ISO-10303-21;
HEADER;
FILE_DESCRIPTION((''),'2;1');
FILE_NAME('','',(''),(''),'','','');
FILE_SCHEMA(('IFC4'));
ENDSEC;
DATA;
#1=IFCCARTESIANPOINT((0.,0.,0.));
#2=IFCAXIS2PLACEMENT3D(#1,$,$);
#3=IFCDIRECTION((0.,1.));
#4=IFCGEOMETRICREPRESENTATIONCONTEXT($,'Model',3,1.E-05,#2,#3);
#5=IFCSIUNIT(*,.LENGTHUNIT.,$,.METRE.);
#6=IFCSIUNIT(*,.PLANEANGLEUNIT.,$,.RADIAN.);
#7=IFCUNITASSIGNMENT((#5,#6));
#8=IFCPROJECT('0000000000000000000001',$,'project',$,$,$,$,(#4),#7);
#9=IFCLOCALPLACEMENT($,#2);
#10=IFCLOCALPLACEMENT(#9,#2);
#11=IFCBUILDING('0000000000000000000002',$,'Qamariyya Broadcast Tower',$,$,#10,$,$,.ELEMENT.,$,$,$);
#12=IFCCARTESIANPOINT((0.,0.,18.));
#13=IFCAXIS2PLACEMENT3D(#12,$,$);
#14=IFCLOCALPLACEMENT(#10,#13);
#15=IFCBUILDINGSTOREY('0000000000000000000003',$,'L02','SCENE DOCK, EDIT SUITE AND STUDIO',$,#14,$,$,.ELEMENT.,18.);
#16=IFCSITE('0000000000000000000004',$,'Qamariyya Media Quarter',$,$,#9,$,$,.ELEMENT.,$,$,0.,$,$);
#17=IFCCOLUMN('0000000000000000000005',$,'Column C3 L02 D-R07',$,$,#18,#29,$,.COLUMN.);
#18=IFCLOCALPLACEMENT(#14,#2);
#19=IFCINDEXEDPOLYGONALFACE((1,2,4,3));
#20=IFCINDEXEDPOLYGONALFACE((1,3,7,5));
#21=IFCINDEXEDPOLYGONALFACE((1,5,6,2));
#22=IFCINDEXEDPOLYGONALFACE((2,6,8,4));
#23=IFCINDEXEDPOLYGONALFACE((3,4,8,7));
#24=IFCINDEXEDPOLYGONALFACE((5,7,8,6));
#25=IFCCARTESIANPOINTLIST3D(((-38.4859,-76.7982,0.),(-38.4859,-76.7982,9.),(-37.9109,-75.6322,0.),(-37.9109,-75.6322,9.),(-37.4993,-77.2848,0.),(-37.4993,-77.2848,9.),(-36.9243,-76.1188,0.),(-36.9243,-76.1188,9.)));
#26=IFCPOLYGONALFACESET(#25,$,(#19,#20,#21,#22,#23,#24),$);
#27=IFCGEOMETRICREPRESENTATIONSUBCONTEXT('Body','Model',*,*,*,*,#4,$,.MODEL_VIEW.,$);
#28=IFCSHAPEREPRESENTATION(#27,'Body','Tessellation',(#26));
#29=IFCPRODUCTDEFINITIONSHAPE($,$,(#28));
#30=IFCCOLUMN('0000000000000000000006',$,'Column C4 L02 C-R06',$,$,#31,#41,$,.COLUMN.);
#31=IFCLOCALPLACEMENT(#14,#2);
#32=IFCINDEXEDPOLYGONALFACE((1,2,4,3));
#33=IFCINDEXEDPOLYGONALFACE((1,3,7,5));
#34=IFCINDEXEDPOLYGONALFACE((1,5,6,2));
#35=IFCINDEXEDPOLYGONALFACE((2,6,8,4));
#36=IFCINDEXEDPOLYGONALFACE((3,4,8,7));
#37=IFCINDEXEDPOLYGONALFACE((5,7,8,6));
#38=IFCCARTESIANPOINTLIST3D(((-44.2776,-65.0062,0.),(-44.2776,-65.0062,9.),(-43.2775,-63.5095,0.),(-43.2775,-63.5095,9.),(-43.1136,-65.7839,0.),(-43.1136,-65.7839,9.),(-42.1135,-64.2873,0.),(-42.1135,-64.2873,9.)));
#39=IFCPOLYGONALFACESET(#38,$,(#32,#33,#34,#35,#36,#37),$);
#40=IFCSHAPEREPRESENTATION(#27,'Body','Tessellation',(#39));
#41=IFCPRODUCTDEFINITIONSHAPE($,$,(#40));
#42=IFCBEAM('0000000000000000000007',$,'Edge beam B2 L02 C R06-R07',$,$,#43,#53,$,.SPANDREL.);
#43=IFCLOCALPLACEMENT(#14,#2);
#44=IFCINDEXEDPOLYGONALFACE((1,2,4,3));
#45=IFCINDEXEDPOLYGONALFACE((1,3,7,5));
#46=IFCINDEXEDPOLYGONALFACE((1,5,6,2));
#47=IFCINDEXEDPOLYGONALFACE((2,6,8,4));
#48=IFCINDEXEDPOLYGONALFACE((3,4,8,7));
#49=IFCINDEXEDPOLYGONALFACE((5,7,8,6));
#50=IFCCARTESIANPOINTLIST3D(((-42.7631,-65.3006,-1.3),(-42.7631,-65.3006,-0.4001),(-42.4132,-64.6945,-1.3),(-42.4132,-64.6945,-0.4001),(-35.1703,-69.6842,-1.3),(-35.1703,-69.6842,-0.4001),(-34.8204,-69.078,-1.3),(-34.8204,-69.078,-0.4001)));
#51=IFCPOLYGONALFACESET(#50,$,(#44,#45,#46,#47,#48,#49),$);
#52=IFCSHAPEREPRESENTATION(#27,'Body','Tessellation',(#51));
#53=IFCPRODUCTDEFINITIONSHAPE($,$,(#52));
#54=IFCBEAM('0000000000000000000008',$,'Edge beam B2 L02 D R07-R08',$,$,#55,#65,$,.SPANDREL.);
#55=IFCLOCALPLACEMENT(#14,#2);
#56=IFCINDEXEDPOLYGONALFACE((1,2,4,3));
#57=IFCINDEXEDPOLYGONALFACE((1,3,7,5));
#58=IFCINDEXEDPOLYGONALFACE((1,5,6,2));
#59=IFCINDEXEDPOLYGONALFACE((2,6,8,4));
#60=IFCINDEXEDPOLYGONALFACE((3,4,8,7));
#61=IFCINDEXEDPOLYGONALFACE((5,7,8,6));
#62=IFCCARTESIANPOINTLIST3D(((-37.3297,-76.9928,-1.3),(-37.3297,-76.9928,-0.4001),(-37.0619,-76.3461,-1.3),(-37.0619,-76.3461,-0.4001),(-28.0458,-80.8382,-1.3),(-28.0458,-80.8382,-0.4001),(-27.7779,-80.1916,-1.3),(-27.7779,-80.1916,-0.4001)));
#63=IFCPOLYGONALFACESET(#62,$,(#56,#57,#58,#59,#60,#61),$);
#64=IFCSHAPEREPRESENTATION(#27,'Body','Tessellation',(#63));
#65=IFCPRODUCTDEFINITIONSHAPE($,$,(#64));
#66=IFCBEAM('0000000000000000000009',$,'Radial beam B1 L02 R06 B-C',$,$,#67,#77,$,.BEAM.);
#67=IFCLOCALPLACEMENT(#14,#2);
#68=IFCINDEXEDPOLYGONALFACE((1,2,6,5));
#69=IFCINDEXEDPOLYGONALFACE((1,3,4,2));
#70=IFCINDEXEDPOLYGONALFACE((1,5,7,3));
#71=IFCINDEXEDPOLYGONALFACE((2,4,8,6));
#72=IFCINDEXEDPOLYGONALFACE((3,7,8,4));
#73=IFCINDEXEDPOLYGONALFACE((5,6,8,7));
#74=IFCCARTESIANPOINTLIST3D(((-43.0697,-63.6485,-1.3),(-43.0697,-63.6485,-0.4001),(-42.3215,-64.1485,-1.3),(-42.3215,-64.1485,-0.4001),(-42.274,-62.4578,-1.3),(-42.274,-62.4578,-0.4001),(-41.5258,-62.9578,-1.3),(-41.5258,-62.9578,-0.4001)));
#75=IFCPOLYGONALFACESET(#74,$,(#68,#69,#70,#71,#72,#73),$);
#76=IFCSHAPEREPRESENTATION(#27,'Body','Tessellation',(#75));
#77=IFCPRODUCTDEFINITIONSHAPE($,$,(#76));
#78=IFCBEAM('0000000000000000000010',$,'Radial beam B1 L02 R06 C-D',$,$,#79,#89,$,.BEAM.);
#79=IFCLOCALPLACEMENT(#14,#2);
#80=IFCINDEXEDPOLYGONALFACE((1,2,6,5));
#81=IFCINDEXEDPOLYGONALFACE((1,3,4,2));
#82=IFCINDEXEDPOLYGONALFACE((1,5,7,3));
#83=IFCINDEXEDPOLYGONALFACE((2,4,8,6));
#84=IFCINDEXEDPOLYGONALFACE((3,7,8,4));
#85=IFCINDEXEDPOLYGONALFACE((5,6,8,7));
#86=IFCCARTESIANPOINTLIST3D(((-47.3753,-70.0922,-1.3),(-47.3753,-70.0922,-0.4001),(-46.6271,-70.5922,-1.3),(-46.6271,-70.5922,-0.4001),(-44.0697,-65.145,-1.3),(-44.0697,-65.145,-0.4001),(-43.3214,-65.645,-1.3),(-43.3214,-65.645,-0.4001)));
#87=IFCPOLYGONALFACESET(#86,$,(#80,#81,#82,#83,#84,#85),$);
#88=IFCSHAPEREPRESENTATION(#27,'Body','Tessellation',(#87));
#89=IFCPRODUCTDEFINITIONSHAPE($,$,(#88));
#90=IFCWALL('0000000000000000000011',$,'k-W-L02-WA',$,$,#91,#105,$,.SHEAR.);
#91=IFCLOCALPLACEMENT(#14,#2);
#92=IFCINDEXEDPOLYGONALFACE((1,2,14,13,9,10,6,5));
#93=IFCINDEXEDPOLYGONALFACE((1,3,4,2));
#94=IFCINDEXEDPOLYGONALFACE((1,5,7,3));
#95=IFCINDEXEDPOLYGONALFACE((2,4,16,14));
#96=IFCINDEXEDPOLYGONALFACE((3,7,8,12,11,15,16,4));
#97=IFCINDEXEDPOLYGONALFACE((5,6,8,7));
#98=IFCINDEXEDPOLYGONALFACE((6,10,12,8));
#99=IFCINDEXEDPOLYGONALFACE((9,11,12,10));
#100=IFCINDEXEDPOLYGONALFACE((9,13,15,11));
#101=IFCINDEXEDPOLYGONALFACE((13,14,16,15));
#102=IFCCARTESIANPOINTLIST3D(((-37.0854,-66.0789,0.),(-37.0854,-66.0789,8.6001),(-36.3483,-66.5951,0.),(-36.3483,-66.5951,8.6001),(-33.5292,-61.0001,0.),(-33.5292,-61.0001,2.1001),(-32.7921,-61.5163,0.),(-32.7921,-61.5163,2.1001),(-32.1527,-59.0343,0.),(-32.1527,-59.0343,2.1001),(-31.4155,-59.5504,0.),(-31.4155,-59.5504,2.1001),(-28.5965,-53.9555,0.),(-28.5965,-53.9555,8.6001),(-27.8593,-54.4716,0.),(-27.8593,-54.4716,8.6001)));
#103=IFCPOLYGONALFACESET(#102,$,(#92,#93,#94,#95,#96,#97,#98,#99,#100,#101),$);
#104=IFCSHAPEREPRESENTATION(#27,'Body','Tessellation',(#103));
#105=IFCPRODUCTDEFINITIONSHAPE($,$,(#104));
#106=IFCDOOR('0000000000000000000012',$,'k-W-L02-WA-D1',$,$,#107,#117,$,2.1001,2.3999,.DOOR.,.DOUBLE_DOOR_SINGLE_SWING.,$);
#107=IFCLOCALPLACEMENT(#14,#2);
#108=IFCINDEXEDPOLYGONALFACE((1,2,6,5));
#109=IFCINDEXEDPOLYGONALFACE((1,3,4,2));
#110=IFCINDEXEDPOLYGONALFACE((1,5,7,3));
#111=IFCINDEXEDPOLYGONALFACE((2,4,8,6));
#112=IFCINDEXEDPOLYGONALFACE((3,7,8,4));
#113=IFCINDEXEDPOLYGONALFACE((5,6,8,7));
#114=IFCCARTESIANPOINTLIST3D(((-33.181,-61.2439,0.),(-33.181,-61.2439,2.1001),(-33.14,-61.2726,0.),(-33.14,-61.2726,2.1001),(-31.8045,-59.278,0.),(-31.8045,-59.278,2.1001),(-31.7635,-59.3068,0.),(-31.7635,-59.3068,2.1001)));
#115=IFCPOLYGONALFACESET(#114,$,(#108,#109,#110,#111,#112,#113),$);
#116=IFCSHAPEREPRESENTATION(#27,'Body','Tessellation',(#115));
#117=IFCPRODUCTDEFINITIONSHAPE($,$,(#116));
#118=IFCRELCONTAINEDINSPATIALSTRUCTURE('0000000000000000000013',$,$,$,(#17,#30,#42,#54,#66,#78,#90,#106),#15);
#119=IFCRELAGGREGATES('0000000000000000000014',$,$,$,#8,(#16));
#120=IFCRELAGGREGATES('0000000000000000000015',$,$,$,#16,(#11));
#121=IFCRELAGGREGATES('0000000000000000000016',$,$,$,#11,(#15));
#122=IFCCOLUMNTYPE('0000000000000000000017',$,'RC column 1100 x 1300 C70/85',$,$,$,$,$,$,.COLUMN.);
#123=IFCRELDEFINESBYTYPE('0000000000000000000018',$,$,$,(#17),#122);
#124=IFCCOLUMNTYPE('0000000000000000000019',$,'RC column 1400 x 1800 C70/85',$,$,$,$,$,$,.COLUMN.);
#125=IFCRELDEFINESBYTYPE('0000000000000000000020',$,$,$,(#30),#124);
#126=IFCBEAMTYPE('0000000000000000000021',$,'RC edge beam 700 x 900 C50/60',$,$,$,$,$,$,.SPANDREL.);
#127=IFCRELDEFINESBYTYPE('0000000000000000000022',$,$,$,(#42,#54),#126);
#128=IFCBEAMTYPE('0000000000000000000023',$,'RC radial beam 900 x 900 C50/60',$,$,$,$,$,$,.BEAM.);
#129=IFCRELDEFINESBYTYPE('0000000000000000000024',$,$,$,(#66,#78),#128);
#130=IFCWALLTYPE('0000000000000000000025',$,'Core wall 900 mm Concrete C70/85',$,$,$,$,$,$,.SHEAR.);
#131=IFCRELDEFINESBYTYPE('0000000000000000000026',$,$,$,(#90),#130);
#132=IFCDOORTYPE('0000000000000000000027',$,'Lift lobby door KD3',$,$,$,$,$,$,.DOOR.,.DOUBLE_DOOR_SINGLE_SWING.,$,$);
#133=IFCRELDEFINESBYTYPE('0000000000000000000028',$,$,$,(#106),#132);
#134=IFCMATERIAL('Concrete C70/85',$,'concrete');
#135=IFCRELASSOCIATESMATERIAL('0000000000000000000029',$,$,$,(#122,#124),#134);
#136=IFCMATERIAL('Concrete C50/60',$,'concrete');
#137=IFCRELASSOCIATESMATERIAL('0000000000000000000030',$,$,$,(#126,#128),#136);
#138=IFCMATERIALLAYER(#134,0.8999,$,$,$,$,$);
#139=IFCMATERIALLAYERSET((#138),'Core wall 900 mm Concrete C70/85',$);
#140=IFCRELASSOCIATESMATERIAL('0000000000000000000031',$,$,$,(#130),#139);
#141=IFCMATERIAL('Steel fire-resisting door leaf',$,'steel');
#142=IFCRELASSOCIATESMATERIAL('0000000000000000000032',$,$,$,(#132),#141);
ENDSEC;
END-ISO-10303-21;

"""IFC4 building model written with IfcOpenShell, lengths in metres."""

from ifc_helpers import new_model, si_unit, direction, frame, frame_2d, origin, origin_2d, place, context, subcontext, project, spatial, rectangle, extrude, material, layer, layer_set, material_profile, profile_set, type_object, element, fill, save


model = new_model("IFC4")

# Units and contexts
model_context = context("Model", 3, precision=1e-05, world=origin(), true_north=direction((0.0, 1.0)))
body_context = subcontext(model_context, "Body", "Model", "MODEL_VIEW")
ifc_project = project(units=[si_unit("LENGTHUNIT", "METRE"), si_unit("PLANEANGLEUNIT", "RADIAN")], contexts=[model_context])

# Site, building, storey
site_placement = place(None, origin())
site = spatial("IfcSite", under=ifc_project, at=site_placement, Name="Qamariyya Media Quarter", CompositionType="ELEMENT", RefElevation=0.0)
building_placement = place(site_placement, origin())
building = spatial("IfcBuilding", under=site, at=building_placement, Name="Qamariyya Broadcast Tower", CompositionType="ELEMENT")
storey_placement = place(building_placement, frame((0.0, 0.0, 18.0)))
storey = spatial("IfcBuildingStorey", under=building, at=storey_placement, Name="L02", Description="SCENE DOCK, EDIT SUITE AND STUDIO", CompositionType="ELEMENT", Elevation=18.0)

# Columns
ifc_material_1 = material(Name="Concrete C70/85", Category="concrete")
ifc_material_profile_1 = material_profile(ifc_material_1, rectangle(XDim=1.1001, YDim=1.3, at=origin_2d()))
ifc_profile_set_1 = profile_set([ifc_material_profile_1], Name="Concrete C70/85")
column_type_1 = type_object("IfcColumnType", Name="RC column 1100 x 1300 C70/85", PredefinedType="COLUMN", material=ifc_profile_set_1)
column_1_placement = place(storey_placement, frame((-37.7051, -76.4585, 0.0), z_axis=(0.0, 0.0, 1.0), x_axis=(0.896873, -0.442289, 0.0)))
element("IfcColumn", 1, at=column_1_placement, inside=storey, type_object=column_type_1, Name="Column C3 L02 D-R07", PredefinedType="COLUMN", context=body_context, shape_type="SweptSolid", body=[
    extrude(rectangle(XDim=1.1001, YDim=1.3, at=origin_2d()), origin(), (0.0, 0.0, 1.0), 9.0),
])
ifc_material_profile_2 = material_profile(ifc_material_1, rectangle(XDim=1.3999, YDim=1.8, at=origin_2d()))
ifc_profile_set_2 = profile_set([ifc_material_profile_2], Name="Concrete C70/85")
column_type_2 = type_object("IfcColumnType", Name="RC column 1400 x 1800 C70/85", PredefinedType="COLUMN", material=ifc_profile_set_2)
column_2_placement = place(storey_placement, frame((-43.1956, -64.6467, 0.0), z_axis=(0.0, 0.0, 1.0), x_axis=(0.83147, -0.55557, 0.0)))
element("IfcColumn", 2, at=column_2_placement, inside=storey, type_object=column_type_2, Name="Column C4 L02 C-R06", PredefinedType="COLUMN", context=body_context, shape_type="SweptSolid", body=[
    extrude(rectangle(XDim=1.3999, YDim=1.8, at=origin_2d()), origin(), (0.0, 0.0, 1.0), 9.0),
])

# Beams
ifc_material_2 = material(Name="Concrete C50/60", Category="concrete")
ifc_material_profile_3 = material_profile(ifc_material_2, rectangle(XDim=0.7, YDim=0.8999, at=origin_2d()))
ifc_profile_set_3 = profile_set([ifc_material_profile_3], Name="Concrete C50/60")
beam_type_1 = type_object("IfcBeamType", Name="RC edge beam 700 x 900 C50/60", PredefinedType="SPANDREL", material=ifc_profile_set_3)
beam_1_placement = place(storey_placement, frame((-42.5881, -64.9976, -0.8501), z_axis=(0.866033, -0.499988, 0.0), x_axis=(0.499988, 0.866033, 0.0)))
element("IfcBeam", 3, at=beam_1_placement, inside=storey, type_object=beam_type_1, Name="Edge beam B2 L02 C R06-R07", PredefinedType="SPANDREL", context=body_context, shape_type="SweptSolid", body=[
    extrude(rectangle(XDim=0.7, YDim=0.8999, at=origin_2d()), origin(), (0.0, 0.0, 1.0), 8.7673),
])
beam_2_placement = place(storey_placement, frame((-37.1958, -76.6694, -0.8501), z_axis=(0.923882, -0.382677, 0.0), x_axis=(0.382677, 0.923882, 0.0)))
element("IfcBeam", 4, at=beam_2_placement, inside=storey, type_object=beam_type_1, Name="Edge beam B2 L02 D R07-R08", PredefinedType="SPANDREL", context=body_context, shape_type="SweptSolid", body=[
    extrude(rectangle(XDim=0.7, YDim=0.8999, at=origin_2d()), origin(), (0.0, 0.0, 1.0), 10.0488),
])
ifc_material_profile_4 = material_profile(ifc_material_2, rectangle(XDim=0.8999, YDim=0.8999, at=origin_2d()))
ifc_profile_set_4 = profile_set([ifc_material_profile_4], Name="Concrete C50/60")
beam_type_2 = type_object("IfcBeamType", Name="RC radial beam 900 x 900 C50/60", PredefinedType="BEAM", material=ifc_profile_set_4)
beam_3_placement = place(storey_placement, frame((-41.8999, -62.7078, -0.8501), z_axis=(-0.555605, -0.831447, 0.0), x_axis=(0.831447, -0.555605, 0.0)))
element("IfcBeam", 5, at=beam_3_placement, inside=storey, type_object=beam_type_2, Name="Radial beam B1 L02 R06 B-C", PredefinedType="BEAM", context=body_context, shape_type="SweptSolid", body=[
    extrude(rectangle(XDim=0.8999, YDim=0.8999, at=origin_2d()), origin(), (0.0, 0.0, 1.0), 1.4321),
])
beam_4_placement = place(storey_placement, frame((-43.6956, -65.395, -0.8501), z_axis=(-0.555571, -0.831469, 0.0), x_axis=(0.831469, -0.555571, 0.0)))
element("IfcBeam", 6, at=beam_4_placement, inside=storey, type_object=beam_type_2, Name="Radial beam B1 L02 R06 C-D", PredefinedType="BEAM", context=body_context, shape_type="SweptSolid", body=[
    extrude(rectangle(XDim=0.8999, YDim=0.8999, at=origin_2d()), origin(), (0.0, 0.0, 1.0), 5.95),
])

# Wall, opening, door
ifc_layer_1 = layer(ifc_material_1, 0.8999)
ifc_layer_set_1 = layer_set([ifc_layer_1], Name="Core wall 900 mm Concrete C70/85")
wall_type_1 = type_object("IfcWallType", Name="Core wall 900 mm Concrete C70/85", PredefinedType="SHEAR", material=ifc_layer_set_1)
wall_1_placement = place(storey_placement, frame((-36.7168, -66.3369, 0.0), z_axis=(0.0, 0.0, 1.0), x_axis=(0.573577, 0.819151, 0.0)))
wall_1 = element("IfcWall", 7, at=wall_1_placement, inside=storey, type_object=wall_type_1, Name="k-W-L02-WA", PredefinedType="SHEAR", context=body_context, shape_type="SweptSolid", body=[
    extrude(rectangle(XDim=14.8, YDim=0.8999, at=frame_2d((7.3999, 0.0))), origin(), (0.0, 0.0, 1.0), 8.6001),
])
opening_1_placement = place(wall_1_placement, frame((6.2, 0.0, 0.0)))
opening_1 = element("IfcOpeningElement", 8, at=opening_1_placement, cuts=wall_1, PredefinedType="OPENING", context=body_context, shape_type="SweptSolid", body=[
    extrude(rectangle(XDim=2.3999, YDim=2.1001, at=frame_2d((1.2, 1.05))), frame((0.0, 0.46, 0.0), z_axis=(0.0, -1.0, 0.0), x_axis=(1.0, 0.0, 0.0)), (0.0, 0.0, 1.0), 0.9199),
])
ifc_material_3 = material(Name="Steel fire-resisting door leaf", Category="steel")
door_type_1 = type_object("IfcDoorType", Name="Lift lobby door KD3", OperationType="DOUBLE_DOOR_SINGLE_SWING", PredefinedType="DOOR", material=ifc_material_3)
door_1_placement = place(opening_1_placement, origin())
door_1 = element("IfcDoor", 9, at=door_1_placement, inside=storey, type_object=door_type_1, Name="k-W-L02-WA-D1", OperationType="DOUBLE_DOOR_SINGLE_SWING", OverallHeight=2.1001, OverallWidth=2.3999, PredefinedType="DOOR", context=body_context, shape_type="SweptSolid", body=[
    extrude(rectangle(XDim=2.3999, YDim=2.1001, at=frame_2d((1.2, 1.05))), frame((0.0, 0.0249, 0.0), z_axis=(0.0, -1.0, 0.0), x_axis=(1.0, 0.0, 0.0)), (0.0, 0.0, 1.0), 0.05),
])
fill(opening_1, door_1)

save(model, "model.ifc")
